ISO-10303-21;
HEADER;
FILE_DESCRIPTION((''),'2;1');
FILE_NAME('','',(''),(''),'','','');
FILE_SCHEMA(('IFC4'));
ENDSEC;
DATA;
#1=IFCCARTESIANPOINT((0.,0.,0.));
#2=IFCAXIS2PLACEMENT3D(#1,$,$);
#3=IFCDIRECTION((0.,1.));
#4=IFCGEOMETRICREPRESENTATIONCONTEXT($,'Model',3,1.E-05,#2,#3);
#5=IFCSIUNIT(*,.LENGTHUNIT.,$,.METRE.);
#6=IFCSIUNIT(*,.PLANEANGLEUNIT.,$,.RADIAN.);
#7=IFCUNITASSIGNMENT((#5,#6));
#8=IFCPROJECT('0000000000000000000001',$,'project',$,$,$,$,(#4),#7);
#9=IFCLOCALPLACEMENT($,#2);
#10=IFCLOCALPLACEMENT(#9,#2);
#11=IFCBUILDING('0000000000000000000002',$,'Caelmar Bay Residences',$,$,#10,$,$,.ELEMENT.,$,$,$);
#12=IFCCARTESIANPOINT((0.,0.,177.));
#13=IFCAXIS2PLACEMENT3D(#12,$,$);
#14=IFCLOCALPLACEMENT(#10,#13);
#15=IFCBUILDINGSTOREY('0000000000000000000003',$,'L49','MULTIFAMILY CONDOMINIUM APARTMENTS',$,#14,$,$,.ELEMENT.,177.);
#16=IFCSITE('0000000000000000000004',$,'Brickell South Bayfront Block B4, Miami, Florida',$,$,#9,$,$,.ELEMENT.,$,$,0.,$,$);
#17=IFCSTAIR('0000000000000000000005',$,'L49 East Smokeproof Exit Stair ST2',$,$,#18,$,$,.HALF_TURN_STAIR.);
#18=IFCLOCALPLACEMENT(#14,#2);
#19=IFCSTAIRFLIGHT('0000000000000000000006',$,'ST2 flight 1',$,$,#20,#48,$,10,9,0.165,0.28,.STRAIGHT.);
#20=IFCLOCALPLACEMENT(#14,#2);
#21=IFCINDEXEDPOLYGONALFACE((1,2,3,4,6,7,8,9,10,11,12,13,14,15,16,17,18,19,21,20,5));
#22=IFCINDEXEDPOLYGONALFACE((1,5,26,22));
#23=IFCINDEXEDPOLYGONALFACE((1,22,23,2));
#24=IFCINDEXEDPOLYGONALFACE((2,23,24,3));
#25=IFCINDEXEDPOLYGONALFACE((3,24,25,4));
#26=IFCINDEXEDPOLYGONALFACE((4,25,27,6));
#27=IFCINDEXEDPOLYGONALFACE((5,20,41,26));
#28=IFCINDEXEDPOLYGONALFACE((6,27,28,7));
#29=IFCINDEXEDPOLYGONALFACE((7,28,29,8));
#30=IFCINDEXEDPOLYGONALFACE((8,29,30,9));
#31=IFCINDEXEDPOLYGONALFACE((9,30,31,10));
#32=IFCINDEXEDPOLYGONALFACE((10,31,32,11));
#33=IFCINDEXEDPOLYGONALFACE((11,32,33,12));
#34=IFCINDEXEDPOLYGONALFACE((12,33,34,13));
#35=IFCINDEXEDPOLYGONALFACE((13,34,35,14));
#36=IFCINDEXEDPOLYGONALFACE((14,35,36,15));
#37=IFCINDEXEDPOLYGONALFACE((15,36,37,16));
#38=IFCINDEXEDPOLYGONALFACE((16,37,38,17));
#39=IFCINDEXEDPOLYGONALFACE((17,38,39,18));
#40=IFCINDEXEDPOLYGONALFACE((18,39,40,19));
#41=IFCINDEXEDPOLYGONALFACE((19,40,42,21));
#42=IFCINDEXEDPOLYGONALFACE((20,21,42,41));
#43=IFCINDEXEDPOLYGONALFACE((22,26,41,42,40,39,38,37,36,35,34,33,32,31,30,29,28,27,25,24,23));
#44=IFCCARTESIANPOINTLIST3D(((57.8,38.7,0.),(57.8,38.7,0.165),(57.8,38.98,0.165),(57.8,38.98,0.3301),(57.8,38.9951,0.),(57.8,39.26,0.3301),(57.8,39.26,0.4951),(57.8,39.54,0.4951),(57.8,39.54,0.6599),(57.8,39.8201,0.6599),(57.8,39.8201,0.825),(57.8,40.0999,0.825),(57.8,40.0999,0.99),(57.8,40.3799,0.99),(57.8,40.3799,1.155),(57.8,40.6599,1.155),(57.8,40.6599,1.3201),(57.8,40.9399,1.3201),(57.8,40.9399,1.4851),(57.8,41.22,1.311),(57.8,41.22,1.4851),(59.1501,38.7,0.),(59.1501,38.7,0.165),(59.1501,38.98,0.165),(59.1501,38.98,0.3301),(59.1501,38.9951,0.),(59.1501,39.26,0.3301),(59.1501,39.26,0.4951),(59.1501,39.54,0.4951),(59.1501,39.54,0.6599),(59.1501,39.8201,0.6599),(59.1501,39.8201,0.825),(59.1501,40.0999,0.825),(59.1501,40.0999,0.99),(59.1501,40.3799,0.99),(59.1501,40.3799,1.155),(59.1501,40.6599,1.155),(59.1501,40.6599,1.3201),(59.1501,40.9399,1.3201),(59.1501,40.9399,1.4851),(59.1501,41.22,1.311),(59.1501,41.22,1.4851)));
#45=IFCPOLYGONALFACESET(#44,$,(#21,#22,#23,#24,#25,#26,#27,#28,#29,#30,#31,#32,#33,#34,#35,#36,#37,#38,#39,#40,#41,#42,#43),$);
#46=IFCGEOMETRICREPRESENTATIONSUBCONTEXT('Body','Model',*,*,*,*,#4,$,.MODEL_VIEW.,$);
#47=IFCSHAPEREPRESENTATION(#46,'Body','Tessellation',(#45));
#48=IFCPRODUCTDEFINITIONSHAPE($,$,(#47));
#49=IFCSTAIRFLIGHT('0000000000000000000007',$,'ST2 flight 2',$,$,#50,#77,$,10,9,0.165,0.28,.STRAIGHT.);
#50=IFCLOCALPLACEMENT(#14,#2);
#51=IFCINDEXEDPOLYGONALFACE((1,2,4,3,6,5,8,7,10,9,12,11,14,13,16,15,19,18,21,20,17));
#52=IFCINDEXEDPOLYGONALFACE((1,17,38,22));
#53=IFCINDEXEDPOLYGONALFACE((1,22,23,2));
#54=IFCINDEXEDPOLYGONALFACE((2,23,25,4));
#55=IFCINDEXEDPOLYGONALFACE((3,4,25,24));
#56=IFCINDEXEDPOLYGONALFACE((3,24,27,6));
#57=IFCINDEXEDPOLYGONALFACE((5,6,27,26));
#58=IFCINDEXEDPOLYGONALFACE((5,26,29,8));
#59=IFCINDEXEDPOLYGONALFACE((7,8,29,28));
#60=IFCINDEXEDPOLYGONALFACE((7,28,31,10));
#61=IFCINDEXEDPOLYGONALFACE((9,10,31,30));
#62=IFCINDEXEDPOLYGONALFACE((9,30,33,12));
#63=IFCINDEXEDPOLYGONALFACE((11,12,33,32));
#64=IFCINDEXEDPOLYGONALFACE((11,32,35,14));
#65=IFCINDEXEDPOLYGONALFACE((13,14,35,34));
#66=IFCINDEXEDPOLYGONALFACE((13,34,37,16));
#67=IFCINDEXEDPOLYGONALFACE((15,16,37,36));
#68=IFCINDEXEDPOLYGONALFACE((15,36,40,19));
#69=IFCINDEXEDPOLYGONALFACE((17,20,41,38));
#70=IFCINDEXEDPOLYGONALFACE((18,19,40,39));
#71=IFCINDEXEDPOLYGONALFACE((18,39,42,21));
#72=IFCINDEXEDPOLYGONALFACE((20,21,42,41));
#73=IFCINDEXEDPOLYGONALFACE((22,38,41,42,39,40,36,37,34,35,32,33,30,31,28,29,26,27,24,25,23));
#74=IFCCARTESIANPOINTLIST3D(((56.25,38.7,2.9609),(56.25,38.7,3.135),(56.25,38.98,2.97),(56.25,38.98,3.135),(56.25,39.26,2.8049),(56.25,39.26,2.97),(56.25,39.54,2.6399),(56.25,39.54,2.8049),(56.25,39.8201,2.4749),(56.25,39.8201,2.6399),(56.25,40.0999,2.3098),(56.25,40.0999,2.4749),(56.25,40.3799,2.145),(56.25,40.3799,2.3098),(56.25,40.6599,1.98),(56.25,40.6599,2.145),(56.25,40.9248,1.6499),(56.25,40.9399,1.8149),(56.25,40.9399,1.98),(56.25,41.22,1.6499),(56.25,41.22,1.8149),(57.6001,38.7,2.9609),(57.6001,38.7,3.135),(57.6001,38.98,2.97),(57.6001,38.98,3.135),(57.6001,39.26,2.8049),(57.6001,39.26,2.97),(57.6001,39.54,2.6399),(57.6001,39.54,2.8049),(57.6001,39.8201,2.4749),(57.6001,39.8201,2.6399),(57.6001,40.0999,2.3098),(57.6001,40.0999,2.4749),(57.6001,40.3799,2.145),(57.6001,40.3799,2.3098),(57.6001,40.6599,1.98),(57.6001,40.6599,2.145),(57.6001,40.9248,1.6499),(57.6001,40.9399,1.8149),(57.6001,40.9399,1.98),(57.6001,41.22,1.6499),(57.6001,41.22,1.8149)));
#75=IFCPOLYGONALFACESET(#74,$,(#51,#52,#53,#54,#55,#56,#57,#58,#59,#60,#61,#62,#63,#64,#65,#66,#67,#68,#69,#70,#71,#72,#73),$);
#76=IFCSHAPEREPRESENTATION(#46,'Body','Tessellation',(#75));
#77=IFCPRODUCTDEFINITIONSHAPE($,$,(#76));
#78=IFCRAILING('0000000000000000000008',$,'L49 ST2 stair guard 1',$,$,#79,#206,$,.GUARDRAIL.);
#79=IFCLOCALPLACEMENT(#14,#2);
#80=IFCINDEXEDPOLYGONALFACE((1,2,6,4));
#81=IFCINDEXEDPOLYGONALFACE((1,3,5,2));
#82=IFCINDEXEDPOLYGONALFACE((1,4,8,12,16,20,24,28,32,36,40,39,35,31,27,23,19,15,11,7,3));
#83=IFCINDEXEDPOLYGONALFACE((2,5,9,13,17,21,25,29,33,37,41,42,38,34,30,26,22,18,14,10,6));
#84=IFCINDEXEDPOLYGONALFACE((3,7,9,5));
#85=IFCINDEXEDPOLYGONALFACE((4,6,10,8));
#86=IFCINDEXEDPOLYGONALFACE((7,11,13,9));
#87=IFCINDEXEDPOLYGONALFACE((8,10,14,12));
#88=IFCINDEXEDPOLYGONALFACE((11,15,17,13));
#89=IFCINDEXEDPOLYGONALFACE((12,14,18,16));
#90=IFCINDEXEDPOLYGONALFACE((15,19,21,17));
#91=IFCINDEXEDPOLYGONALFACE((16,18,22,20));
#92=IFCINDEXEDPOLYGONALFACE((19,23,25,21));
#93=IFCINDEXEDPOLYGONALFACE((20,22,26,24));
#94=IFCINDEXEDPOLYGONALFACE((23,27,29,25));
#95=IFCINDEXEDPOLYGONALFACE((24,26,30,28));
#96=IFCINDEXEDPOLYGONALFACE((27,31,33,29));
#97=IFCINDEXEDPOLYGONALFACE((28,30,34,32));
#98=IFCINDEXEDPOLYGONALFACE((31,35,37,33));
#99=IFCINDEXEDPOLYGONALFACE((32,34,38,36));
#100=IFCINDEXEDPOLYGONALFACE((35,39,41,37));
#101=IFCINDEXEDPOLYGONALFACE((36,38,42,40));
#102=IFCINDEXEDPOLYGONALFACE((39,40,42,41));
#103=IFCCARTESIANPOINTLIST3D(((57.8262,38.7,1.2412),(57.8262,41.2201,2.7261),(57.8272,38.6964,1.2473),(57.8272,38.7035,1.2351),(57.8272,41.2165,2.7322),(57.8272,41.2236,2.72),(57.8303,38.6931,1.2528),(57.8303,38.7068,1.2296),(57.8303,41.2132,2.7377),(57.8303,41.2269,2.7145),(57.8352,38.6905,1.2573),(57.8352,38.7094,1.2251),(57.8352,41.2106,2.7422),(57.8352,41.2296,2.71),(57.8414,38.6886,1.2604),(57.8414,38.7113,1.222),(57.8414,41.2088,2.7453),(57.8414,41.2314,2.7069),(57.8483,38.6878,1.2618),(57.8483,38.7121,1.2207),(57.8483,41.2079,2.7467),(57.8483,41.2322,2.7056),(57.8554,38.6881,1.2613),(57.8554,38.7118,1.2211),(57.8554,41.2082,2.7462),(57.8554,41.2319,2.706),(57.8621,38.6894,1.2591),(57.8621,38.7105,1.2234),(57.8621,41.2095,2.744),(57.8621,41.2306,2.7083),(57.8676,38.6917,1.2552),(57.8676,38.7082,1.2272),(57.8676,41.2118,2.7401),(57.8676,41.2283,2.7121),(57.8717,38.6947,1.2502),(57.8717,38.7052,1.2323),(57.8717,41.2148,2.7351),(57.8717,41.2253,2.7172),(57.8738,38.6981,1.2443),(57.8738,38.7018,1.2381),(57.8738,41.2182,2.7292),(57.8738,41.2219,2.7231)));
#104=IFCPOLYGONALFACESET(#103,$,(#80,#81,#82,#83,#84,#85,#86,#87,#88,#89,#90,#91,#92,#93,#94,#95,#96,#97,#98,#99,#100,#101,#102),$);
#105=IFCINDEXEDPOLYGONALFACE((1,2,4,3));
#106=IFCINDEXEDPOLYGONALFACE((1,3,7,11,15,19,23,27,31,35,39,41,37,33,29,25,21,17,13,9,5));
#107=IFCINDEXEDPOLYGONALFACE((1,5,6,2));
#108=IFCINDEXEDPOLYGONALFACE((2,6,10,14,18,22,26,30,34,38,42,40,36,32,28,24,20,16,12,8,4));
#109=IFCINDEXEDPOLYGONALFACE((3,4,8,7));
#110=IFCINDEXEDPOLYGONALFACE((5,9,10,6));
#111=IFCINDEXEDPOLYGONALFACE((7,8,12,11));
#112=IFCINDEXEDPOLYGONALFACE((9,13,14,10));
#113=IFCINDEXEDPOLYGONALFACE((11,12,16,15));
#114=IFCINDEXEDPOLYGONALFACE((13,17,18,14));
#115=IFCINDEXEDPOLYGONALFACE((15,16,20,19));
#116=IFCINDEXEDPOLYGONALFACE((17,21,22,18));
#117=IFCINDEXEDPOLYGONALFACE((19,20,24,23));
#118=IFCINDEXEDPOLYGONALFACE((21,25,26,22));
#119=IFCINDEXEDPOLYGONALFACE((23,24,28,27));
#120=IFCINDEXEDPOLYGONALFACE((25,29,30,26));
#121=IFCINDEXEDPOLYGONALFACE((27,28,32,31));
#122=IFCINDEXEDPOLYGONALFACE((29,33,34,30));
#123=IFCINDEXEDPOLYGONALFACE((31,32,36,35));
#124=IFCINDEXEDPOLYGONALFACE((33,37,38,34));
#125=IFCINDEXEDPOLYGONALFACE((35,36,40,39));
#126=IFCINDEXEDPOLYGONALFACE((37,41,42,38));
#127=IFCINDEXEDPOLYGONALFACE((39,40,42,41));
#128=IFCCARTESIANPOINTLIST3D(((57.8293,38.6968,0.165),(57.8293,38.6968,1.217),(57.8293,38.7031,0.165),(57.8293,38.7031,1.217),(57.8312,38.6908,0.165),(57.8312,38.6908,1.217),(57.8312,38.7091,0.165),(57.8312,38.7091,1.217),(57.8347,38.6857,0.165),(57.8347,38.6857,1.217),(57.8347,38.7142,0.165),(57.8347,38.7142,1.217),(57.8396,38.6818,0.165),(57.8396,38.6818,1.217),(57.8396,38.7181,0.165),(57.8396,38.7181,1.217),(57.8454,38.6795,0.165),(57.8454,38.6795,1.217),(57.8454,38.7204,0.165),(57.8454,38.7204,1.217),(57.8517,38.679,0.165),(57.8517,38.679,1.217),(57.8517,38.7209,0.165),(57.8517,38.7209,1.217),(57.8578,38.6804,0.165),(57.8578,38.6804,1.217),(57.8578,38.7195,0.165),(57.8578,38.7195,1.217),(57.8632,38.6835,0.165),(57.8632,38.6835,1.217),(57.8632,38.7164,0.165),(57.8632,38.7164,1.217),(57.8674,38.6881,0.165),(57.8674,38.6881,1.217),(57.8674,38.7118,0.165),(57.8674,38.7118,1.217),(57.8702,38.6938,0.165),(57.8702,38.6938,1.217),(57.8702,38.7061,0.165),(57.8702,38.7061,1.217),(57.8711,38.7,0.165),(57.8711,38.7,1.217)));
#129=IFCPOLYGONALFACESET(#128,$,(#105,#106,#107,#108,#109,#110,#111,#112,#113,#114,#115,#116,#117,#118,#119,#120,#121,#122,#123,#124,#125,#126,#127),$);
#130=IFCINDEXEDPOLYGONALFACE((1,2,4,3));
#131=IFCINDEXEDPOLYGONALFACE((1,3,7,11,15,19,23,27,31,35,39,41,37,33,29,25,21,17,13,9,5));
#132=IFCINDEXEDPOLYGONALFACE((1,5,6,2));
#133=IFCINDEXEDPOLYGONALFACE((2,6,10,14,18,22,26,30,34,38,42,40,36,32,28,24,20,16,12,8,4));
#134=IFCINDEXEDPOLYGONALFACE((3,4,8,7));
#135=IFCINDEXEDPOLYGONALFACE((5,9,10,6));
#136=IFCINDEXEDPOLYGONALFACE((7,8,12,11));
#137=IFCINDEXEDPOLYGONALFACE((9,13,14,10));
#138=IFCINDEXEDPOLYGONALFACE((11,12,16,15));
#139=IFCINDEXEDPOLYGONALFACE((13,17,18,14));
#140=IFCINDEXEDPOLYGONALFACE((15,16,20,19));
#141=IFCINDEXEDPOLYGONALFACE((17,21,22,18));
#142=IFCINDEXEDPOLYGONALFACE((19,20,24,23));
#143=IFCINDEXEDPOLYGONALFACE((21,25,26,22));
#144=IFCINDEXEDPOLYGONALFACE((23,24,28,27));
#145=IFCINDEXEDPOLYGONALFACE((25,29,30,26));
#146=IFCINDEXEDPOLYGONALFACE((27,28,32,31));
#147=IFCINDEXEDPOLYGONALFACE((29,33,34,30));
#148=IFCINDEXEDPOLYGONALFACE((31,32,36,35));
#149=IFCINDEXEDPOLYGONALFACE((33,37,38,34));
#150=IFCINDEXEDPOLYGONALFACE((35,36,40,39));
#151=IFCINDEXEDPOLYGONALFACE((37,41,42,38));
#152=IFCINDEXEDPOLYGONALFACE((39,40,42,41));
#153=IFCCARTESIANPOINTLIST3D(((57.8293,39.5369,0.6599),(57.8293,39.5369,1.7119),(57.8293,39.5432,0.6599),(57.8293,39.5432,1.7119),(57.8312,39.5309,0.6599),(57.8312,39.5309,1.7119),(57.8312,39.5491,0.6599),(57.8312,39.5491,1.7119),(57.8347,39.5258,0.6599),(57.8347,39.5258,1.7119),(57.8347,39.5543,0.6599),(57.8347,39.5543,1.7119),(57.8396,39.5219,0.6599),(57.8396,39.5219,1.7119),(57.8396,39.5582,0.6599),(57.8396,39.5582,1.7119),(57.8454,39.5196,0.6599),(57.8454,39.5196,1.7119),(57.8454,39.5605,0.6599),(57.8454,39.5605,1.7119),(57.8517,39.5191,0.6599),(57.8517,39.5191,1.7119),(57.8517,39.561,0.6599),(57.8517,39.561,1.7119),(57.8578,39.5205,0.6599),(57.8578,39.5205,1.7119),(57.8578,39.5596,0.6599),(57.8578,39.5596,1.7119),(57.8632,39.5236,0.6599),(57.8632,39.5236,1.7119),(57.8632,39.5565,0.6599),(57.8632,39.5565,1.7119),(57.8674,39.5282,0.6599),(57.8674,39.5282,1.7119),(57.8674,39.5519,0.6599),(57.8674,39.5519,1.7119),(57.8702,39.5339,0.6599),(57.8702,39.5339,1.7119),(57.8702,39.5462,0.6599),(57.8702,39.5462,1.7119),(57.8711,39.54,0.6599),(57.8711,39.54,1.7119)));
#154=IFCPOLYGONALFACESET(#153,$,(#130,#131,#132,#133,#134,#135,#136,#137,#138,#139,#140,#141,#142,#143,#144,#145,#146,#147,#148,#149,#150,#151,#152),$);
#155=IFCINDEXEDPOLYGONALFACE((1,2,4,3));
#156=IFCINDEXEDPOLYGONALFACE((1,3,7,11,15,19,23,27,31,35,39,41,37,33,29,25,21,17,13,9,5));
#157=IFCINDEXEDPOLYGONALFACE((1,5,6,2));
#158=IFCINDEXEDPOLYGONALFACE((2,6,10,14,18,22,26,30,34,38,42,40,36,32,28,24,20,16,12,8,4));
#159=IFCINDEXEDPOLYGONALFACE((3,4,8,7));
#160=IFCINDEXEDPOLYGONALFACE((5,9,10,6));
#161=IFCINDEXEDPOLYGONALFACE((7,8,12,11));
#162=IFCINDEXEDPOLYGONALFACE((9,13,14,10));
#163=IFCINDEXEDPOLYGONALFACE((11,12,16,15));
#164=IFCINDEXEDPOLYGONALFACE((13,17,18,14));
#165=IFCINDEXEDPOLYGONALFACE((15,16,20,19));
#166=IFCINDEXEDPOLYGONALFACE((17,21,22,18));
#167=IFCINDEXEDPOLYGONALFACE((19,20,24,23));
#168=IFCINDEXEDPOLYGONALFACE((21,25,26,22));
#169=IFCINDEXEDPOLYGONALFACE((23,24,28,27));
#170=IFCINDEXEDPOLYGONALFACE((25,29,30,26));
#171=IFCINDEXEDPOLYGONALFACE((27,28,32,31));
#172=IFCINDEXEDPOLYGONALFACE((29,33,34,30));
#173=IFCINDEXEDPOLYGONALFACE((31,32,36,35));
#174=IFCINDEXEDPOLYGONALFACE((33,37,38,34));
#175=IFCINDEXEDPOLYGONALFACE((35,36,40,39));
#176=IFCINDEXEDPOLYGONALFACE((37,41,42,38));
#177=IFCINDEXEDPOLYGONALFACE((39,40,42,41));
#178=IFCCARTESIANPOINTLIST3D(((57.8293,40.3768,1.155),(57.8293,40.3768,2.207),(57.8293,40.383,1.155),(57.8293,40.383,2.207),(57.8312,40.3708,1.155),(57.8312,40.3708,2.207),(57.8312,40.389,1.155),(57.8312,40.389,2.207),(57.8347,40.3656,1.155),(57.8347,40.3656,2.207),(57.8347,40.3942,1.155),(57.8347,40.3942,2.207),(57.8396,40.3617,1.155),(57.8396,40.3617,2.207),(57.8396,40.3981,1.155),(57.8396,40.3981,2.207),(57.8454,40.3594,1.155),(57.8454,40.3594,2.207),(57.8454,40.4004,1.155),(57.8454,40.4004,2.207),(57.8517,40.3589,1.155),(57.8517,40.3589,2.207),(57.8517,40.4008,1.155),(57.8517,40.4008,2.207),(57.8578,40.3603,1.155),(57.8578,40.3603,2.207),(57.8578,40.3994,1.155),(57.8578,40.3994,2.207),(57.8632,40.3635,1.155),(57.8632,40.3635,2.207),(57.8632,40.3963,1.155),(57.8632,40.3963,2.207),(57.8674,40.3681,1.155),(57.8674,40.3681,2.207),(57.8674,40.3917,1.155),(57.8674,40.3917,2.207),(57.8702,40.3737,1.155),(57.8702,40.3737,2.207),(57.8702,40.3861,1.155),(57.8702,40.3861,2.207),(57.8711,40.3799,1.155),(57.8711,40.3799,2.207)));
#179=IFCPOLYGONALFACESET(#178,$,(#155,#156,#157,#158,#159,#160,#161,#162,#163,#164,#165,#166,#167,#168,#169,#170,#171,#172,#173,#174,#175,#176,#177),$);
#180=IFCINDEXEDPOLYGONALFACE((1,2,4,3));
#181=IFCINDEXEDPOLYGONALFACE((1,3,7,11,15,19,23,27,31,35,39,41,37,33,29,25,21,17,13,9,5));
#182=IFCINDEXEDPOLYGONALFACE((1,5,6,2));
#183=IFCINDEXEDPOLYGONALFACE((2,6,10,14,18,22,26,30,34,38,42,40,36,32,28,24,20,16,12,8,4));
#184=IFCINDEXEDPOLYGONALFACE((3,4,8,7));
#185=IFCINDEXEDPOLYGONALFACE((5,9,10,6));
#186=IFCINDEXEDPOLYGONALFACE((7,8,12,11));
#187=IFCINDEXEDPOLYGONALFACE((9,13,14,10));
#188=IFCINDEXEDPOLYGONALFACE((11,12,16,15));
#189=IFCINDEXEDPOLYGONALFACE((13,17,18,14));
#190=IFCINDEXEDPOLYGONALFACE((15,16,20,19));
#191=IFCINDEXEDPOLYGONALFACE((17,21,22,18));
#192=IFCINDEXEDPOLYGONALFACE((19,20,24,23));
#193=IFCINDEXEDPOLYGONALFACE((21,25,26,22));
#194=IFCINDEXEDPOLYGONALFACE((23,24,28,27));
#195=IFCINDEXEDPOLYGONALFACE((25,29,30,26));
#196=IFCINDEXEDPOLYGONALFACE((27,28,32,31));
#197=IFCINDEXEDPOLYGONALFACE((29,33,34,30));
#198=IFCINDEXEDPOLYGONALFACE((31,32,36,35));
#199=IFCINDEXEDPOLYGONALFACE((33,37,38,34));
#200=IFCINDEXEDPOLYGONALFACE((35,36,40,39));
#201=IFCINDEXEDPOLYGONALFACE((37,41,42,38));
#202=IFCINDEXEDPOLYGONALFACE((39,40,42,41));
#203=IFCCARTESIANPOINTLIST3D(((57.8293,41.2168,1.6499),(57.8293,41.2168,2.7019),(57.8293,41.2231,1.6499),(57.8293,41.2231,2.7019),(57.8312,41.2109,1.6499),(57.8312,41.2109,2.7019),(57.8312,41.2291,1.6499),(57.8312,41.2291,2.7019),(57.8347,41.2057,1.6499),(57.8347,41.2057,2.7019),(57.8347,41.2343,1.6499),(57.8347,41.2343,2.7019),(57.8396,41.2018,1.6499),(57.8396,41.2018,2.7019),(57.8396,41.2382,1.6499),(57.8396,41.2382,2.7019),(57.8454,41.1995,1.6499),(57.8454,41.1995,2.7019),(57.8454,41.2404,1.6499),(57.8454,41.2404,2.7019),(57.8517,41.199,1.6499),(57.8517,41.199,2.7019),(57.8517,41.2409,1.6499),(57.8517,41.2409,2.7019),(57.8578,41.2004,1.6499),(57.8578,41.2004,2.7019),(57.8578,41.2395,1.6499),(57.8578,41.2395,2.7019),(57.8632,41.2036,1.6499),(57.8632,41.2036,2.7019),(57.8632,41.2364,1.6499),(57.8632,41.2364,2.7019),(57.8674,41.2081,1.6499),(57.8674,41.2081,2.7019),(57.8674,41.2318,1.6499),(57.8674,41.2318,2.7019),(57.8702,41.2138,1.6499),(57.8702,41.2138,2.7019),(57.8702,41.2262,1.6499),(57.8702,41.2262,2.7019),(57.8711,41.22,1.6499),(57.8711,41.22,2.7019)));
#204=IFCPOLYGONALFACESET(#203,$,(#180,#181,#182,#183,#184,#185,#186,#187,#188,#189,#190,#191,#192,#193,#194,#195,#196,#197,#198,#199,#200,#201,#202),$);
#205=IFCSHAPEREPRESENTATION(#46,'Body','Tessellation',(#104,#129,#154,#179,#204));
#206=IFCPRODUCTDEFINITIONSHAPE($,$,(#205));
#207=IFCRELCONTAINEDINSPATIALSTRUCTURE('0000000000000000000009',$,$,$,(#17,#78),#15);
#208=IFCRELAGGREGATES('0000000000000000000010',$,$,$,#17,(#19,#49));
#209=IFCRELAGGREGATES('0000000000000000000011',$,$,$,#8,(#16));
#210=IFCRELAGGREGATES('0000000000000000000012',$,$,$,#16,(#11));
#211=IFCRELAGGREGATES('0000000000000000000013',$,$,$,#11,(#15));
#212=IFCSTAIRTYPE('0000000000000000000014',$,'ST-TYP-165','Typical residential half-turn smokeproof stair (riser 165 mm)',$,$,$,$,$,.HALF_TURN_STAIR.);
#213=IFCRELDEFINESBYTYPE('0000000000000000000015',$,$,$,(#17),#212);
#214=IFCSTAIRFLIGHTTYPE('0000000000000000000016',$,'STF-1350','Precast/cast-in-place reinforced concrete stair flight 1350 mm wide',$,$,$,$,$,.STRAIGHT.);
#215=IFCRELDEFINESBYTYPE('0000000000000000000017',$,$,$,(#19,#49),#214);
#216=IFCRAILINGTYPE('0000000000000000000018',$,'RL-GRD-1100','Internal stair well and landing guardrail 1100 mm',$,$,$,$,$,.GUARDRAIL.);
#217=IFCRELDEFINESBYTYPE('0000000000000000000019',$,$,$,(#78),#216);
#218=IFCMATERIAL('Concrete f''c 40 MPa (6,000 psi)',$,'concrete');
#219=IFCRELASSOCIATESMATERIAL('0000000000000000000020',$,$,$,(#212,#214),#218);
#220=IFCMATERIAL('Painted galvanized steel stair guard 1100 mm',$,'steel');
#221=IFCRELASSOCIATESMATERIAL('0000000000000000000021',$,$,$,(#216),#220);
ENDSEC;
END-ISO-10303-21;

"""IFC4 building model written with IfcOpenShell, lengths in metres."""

from ifc_helpers import new_model, si_unit, direction, frame, origin, origin_2d, place, context, subcontext, project, spatial, polyline, circle, outline, extrude, material, type_object, element, aggregate, save


model = new_model("IFC4")

# Units and contexts
model_context = context("Model", 3, precision=1e-05, world=origin(), true_north=direction((0.0, 1.0)))
body_context = subcontext(model_context, "Body", "Model", "MODEL_VIEW")
ifc_project = project(units=[si_unit("LENGTHUNIT", "METRE"), si_unit("PLANEANGLEUNIT", "RADIAN")], contexts=[model_context])

# Site, building, storey
site_placement = place(None, origin())
site = spatial("IfcSite", under=ifc_project, at=site_placement, Name="Brickell South Bayfront Block B4, Miami, Florida", CompositionType="ELEMENT", RefElevation=0.0)
building_placement = place(site_placement, origin())
building = spatial("IfcBuilding", under=site, at=building_placement, Name="Caelmar Bay Residences", CompositionType="ELEMENT")
storey_placement = place(building_placement, frame((0.0, 0.0, 177.0)))
storey = spatial("IfcBuildingStorey", under=building, at=storey_placement, Name="L49", Description="MULTIFAMILY CONDOMINIUM APARTMENTS", CompositionType="ELEMENT", Elevation=177.0)

# Stair, stair flights
ifc_material_1 = material(Name="Concrete f'c 40 MPa (6,000 psi)", Category="concrete")
stair_type = type_object("IfcStairType", Name="ST-TYP-165", Description="Typical residential half-turn smokeproof stair (riser 165 mm)", PredefinedType="HALF_TURN_STAIR", material=ifc_material_1)
stair_placement = place(storey_placement, origin())
stair = element("IfcStair", 1, at=stair_placement, inside=storey, type_object=stair_type, Name="L49 East Smokeproof Exit Stair ST2", PredefinedType="HALF_TURN_STAIR")
stair_flight_type = type_object("IfcStairFlightType", Name="STF-1350", Description="Precast/cast-in-place reinforced concrete stair flight 1350 mm wide", PredefinedType="STRAIGHT", material=ifc_material_1)
stair_flight_1_placement = place(storey_placement, frame((58.4751, 38.7, 0.0), z_axis=(0.0, 0.0, 1.0), x_axis=(0.0, 1.0, 0.0)))
stair_flight_1 = element("IfcStairFlight", 2, at=stair_flight_1_placement, type_object=stair_flight_type, Name="ST2 flight 1", NumberOfRisers=10, NumberOfTreads=9, PredefinedType="STRAIGHT", RiserHeight=0.165, TreadLength=0.28, context=body_context, shape_type="SweptSolid", body=[
    extrude(outline(polyline([(0.0, 0.0), (0.0, 0.165), (0.28, 0.165), (0.28, 0.3301), (0.5601, 0.3301), (0.5601, 0.4951), (0.8401, 0.4951), (0.8401, 0.6599), (1.1201, 0.6599), (1.1201, 0.825), (1.3999, 0.825), (1.3999, 0.99), (1.6799, 0.99), (1.6799, 1.155), (1.96, 1.155), (1.96, 1.3201), (2.24, 1.3201), (2.24, 1.4851), (2.52, 1.4851), (2.52, 1.6499), (2.52, 1.311), (0.2952, 0.0), (0.0, 0.0)])), frame((0.0, 0.675, 0.0), z_axis=(0.0, -1.0, 0.0), x_axis=(1.0, 0.0, 0.0)), (0.0, 0.0, 1.0), 1.3501),
])
stair_flight_2_placement = place(storey_placement, frame((56.925, 41.22, 1.6499), z_axis=(0.0, 0.0, 1.0), x_axis=(0.0, -1.0, 0.0)))
stair_flight_2 = element("IfcStairFlight", 3, at=stair_flight_2_placement, type_object=stair_flight_type, Name="ST2 flight 2", NumberOfRisers=10, NumberOfTreads=9, PredefinedType="STRAIGHT", RiserHeight=0.165, TreadLength=0.28, context=body_context, shape_type="SweptSolid", body=[
    extrude(outline(polyline([(0.0, 0.0), (0.0, 0.165), (0.28, 0.165), (0.28, 0.3301), (0.5601, 0.3301), (0.5601, 0.4951), (0.8401, 0.4951), (0.8401, 0.6599), (1.1201, 0.6599), (1.1201, 0.825), (1.3999, 0.825), (1.3999, 0.99), (1.6799, 0.99), (1.6799, 1.155), (1.96, 1.155), (1.96, 1.3201), (2.24, 1.3201), (2.24, 1.4851), (2.52, 1.4851), (2.52, 1.6499), (2.52, 1.311), (0.2952, 0.0), (0.0, 0.0)])), frame((0.0, 0.675, 0.0), z_axis=(0.0, -1.0, 0.0), x_axis=(1.0, 0.0, 0.0)), (0.0, 0.0, 1.0), 1.3501),
])
aggregate(stair, [stair_flight_1, stair_flight_2])

# Railing
ifc_material_2 = material(Name="Painted galvanized steel stair guard 1100 mm", Category="steel")
railing_type_1 = type_object("IfcRailingType", Name="RL-GRD-1100", Description="Internal stair well and landing guardrail 1100 mm", PredefinedType="GUARDRAIL", material=ifc_material_2)
railing_1_placement = place(storey_placement, frame((57.8501, 38.7, 0.165)))
element("IfcRailing", 4, at=railing_1_placement, inside=storey, type_object=railing_type_1, Name="L49 ST2 stair guard 1", PredefinedType="GUARDRAIL", context=body_context, shape_type="SweptSolid", body=[
    extrude(circle(Radius=0.0239, at=origin_2d()), frame((0.0, 0.0, 1.0762), z_axis=(0.0, 0.861561, 0.507655), x_axis=(-1.0, 0.0, 0.0)), (0.0, 0.0, 1.0), 2.925),
    extrude(circle(Radius=0.021, at=origin_2d()), origin(), (0.0, 0.0, 1.0), 1.052),
    extrude(circle(Radius=0.021, at=origin_2d()), frame((0.0, 0.8401, 0.4949)), (0.0, 0.0, 1.0), 1.052),
    extrude(circle(Radius=0.021, at=origin_2d()), frame((0.0, 1.6799, 0.99)), (0.0, 0.0, 1.0), 1.052),
    extrude(circle(Radius=0.021, at=origin_2d()), frame((0.0, 2.52, 1.4849)), (0.0, 0.0, 1.0), 1.052),
])

save(model, "model.ifc")
